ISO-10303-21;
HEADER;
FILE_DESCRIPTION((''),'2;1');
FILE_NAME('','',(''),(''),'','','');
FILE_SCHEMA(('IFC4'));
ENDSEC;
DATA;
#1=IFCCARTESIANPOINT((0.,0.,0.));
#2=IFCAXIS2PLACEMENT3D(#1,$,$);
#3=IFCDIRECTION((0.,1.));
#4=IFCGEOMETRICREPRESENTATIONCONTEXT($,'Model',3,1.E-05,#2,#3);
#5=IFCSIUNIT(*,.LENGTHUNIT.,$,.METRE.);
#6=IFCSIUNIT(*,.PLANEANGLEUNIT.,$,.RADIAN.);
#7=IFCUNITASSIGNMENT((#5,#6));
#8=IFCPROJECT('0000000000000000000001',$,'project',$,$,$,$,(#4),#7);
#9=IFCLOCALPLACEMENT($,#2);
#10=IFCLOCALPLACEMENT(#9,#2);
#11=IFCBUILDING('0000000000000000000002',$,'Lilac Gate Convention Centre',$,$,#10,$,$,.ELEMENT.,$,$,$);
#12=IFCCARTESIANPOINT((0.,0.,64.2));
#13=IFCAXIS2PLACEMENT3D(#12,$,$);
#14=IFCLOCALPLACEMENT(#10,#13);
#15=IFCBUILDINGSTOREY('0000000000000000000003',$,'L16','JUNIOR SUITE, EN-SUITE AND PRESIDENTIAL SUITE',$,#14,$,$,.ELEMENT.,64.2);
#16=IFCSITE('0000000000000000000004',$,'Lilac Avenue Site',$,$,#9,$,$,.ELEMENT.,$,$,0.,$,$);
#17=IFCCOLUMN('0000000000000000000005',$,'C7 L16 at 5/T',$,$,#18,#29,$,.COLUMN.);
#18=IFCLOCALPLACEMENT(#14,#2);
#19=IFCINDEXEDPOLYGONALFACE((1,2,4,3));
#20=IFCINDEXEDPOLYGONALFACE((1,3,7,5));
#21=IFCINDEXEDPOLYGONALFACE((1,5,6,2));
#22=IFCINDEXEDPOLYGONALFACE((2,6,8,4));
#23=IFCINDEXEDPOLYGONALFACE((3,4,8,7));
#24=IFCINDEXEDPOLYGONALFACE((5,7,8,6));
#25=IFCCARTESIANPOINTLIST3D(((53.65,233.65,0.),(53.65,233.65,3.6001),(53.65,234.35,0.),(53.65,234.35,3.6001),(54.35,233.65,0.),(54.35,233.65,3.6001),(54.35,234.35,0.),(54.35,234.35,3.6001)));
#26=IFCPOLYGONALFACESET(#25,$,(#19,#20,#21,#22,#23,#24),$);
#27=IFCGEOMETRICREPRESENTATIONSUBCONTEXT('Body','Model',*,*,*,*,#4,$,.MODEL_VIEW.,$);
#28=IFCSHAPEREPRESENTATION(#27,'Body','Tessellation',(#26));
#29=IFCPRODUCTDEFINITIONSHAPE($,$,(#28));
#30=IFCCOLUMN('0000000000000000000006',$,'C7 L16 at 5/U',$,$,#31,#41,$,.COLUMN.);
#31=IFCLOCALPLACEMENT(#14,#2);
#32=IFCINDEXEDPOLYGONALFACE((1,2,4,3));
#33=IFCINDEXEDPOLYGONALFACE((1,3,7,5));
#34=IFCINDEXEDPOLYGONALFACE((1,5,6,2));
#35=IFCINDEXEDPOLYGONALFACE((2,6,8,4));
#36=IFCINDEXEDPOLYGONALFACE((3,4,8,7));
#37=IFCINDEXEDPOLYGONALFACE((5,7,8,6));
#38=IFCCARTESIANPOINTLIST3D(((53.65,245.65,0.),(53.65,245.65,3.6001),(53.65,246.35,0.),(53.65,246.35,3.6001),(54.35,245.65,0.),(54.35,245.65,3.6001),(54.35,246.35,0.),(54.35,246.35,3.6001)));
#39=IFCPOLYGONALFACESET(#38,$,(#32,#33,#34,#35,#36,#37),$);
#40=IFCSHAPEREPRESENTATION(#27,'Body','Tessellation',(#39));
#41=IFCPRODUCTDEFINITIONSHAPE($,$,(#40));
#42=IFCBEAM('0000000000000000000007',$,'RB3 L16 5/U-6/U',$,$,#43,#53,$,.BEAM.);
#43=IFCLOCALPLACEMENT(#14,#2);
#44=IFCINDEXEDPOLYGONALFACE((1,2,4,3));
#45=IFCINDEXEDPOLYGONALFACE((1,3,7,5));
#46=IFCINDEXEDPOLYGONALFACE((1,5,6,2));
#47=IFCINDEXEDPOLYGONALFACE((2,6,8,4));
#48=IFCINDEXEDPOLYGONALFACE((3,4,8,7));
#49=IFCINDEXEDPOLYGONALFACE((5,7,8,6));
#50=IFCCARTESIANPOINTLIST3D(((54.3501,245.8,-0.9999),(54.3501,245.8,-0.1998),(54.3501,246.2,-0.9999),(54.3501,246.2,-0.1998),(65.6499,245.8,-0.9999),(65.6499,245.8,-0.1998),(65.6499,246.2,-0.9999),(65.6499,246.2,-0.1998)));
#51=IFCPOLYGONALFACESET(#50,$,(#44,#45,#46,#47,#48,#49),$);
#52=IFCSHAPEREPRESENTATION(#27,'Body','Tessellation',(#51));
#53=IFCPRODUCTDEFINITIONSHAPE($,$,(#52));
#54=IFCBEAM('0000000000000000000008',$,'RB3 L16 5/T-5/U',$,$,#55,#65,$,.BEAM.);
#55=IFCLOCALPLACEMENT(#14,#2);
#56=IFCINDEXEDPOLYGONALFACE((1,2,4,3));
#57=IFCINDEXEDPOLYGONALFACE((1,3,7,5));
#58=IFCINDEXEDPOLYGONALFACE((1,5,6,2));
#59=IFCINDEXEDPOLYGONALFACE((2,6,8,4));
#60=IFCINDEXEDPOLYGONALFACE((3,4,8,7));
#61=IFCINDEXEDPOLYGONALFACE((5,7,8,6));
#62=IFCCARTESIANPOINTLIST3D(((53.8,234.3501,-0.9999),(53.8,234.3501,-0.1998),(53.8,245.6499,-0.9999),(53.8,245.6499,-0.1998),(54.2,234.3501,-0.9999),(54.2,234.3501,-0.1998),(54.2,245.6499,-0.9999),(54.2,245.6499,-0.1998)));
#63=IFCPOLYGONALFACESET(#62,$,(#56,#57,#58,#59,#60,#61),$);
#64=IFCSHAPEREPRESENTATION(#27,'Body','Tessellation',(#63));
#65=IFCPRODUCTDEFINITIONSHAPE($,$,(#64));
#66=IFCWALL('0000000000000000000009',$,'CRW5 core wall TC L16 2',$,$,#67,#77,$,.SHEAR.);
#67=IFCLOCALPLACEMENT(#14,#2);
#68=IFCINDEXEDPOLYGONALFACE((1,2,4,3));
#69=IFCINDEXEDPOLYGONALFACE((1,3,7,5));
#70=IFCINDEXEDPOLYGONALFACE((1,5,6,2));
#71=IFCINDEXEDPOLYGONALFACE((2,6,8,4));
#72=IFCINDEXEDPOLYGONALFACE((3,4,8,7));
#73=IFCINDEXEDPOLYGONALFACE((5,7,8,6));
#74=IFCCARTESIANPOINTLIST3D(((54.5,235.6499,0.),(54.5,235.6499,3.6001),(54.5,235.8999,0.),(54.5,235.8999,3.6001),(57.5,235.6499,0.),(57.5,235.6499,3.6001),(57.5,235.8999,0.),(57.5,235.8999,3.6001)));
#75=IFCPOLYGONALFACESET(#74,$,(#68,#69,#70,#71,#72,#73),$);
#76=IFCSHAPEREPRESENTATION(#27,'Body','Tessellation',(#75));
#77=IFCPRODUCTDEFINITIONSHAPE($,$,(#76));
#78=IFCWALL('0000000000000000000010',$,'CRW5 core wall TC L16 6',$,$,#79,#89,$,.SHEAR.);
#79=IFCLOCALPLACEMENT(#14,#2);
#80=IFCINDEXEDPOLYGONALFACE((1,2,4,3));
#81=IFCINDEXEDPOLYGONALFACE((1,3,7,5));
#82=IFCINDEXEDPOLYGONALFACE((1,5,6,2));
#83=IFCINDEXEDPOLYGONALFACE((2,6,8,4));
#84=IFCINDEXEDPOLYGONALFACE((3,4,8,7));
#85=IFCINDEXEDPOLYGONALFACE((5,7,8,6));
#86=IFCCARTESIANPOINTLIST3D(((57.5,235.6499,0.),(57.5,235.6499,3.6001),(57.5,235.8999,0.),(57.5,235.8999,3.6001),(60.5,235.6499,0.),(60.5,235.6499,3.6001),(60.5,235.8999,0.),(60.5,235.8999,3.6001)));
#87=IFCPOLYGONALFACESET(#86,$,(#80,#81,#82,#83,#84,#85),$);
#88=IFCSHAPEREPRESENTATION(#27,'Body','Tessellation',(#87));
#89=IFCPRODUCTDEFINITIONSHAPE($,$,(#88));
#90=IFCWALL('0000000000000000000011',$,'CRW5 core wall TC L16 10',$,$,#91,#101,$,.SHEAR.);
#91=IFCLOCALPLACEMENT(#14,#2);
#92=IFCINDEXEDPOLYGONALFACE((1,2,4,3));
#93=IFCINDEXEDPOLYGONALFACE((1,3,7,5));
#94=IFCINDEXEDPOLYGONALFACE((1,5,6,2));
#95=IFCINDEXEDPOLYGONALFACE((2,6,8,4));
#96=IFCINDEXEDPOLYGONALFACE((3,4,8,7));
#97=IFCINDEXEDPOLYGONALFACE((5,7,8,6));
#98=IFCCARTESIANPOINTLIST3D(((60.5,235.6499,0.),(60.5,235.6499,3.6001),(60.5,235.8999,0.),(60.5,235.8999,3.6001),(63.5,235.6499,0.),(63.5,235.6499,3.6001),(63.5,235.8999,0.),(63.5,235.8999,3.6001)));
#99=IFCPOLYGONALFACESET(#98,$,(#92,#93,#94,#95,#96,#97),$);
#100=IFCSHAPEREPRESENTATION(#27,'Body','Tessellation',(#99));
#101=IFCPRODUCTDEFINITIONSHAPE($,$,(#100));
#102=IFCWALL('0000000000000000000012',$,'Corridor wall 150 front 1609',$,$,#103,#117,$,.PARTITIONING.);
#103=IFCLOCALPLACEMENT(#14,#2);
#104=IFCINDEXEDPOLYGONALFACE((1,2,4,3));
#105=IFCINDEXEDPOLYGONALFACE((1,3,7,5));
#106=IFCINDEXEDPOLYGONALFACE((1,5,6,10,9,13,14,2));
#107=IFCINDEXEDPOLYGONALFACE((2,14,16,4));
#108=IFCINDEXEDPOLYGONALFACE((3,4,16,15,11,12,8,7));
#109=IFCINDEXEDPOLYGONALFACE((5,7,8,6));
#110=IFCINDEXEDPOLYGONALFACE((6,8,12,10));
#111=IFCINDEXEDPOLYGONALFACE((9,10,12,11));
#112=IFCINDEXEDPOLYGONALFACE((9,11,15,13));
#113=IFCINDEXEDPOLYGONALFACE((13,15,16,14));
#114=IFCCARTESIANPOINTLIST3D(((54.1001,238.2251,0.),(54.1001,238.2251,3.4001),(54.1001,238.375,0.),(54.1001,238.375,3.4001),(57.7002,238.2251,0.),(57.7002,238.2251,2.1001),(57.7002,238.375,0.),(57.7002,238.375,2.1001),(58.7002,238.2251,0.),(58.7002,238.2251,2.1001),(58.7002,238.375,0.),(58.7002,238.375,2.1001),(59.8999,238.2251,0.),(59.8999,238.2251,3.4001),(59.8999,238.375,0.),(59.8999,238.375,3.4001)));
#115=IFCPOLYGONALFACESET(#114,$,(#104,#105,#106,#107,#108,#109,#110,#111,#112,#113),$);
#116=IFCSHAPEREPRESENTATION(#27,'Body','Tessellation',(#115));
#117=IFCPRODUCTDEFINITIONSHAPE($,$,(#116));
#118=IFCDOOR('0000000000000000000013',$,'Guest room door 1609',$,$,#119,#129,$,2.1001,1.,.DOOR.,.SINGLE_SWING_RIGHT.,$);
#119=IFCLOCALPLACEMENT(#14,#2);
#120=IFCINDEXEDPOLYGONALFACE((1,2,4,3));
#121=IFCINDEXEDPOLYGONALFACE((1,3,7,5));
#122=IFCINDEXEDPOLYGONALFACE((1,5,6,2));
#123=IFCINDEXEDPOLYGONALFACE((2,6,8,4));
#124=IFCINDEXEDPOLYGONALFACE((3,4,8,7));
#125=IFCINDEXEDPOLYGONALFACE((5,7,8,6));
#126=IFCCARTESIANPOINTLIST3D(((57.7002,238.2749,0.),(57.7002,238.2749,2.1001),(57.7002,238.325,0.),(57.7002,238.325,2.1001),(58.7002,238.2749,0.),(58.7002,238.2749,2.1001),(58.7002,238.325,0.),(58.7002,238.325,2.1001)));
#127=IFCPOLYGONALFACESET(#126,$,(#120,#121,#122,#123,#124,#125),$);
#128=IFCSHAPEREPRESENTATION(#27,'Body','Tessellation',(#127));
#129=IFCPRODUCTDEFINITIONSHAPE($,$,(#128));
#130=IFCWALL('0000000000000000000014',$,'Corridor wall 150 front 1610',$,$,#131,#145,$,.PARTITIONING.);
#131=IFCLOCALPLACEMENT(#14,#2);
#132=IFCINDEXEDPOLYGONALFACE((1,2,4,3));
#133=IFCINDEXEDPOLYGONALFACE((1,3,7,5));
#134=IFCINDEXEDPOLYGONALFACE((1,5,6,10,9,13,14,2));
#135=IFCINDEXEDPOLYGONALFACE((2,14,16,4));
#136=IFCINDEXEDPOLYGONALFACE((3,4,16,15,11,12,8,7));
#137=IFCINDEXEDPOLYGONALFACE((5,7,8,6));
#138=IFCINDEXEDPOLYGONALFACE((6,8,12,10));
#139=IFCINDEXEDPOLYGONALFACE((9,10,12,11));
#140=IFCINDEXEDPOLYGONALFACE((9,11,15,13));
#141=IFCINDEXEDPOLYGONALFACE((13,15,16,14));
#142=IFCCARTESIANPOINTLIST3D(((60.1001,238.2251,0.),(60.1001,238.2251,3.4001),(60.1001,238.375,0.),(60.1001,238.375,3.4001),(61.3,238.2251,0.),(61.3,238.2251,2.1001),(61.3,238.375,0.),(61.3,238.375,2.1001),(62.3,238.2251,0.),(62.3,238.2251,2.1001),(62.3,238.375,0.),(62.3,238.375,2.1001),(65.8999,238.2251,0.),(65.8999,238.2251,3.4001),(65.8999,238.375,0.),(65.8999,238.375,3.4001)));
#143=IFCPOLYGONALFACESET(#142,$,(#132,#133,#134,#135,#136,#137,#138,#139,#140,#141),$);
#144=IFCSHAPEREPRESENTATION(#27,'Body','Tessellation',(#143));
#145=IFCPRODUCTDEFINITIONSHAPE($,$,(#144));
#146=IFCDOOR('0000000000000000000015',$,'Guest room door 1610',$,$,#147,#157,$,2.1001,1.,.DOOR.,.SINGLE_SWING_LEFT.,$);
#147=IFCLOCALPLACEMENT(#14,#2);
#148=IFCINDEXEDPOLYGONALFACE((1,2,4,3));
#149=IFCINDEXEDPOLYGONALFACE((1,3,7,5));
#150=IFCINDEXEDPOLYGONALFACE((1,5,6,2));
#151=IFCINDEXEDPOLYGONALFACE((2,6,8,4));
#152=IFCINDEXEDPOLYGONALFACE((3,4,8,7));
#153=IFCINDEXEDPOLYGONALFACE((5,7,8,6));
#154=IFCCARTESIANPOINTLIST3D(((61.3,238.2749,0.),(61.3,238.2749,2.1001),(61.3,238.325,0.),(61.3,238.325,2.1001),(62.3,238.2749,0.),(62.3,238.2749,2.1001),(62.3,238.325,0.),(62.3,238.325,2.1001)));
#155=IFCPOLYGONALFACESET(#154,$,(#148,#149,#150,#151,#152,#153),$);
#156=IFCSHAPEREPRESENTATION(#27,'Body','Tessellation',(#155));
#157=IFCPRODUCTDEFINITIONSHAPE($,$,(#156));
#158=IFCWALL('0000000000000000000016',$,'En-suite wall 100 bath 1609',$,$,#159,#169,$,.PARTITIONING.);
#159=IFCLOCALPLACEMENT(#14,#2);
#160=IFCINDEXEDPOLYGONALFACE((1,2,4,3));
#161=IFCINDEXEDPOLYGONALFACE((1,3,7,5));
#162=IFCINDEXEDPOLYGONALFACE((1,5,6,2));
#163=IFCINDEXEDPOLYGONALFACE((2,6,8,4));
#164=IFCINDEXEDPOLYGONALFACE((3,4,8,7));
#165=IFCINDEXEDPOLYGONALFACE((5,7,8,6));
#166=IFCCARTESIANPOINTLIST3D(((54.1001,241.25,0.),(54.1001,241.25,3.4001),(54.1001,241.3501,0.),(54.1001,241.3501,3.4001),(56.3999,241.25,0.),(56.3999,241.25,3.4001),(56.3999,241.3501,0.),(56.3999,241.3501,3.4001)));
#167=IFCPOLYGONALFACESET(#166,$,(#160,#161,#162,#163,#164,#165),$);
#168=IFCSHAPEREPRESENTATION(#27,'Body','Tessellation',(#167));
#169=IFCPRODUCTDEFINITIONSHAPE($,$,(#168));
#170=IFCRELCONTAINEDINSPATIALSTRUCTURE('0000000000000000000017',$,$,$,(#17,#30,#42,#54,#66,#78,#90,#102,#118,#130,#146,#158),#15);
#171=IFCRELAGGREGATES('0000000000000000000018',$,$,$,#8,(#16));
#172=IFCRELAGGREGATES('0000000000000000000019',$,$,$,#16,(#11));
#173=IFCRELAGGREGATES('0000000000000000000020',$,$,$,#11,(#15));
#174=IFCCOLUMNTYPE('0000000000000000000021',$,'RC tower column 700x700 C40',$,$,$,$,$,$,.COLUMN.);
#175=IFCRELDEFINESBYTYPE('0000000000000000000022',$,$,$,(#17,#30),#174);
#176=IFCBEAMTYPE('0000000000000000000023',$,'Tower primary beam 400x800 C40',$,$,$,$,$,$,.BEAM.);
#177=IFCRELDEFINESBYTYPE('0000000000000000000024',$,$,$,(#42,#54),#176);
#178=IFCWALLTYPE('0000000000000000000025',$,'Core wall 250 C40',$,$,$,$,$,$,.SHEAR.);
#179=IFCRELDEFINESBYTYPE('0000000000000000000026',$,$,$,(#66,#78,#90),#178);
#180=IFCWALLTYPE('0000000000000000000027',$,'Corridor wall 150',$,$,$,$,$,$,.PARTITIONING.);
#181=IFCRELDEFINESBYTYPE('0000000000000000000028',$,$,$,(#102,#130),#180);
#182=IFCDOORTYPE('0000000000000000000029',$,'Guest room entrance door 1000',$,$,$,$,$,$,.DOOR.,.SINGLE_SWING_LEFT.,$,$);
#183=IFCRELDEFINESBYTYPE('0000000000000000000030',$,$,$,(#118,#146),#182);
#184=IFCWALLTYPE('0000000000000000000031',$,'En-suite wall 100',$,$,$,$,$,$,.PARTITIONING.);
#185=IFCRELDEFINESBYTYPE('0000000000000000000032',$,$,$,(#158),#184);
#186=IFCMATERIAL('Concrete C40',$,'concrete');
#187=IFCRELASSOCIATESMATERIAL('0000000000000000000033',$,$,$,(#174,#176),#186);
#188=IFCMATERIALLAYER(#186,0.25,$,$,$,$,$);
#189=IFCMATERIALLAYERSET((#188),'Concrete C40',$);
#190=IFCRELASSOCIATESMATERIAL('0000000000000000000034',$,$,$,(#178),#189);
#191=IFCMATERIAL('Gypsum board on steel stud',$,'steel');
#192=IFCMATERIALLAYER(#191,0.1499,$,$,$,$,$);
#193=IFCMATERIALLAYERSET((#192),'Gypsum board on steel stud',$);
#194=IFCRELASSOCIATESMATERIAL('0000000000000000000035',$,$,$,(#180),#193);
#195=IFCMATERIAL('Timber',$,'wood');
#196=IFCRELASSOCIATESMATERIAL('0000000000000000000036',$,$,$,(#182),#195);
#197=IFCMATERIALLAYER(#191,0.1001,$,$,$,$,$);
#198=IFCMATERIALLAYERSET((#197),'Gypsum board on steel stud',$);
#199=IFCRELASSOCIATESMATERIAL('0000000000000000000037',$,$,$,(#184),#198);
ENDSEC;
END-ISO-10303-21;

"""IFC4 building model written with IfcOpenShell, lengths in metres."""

from ifc_helpers import new_model, si_unit, direction, frame, frame_2d, origin, origin_2d, place, context, subcontext, project, spatial, rectangle, extrude, material, layer, layer_set, material_profile, profile_set, type_object, element, fill, save


model = new_model("IFC4")

# Units and contexts
model_context = context("Model", 3, precision=1e-05, world=origin(), true_north=direction((0.0, 1.0)))
body_context = subcontext(model_context, "Body", "Model", "MODEL_VIEW")
ifc_project = project(units=[si_unit("LENGTHUNIT", "METRE"), si_unit("PLANEANGLEUNIT", "RADIAN")], contexts=[model_context])

# Site, building, storey
site_placement = place(None, origin())
site = spatial("IfcSite", under=ifc_project, at=site_placement, Name="Lilac Avenue Site", CompositionType="ELEMENT", RefElevation=0.0)
building_placement = place(site_placement, origin())
building = spatial("IfcBuilding", under=site, at=building_placement, Name="Lilac Gate Convention Centre", CompositionType="ELEMENT")
storey_placement = place(building_placement, frame((0.0, 0.0, 64.2)))
storey = spatial("IfcBuildingStorey", under=building, at=storey_placement, Name="L16", Description="JUNIOR SUITE, EN-SUITE AND PRESIDENTIAL SUITE", CompositionType="ELEMENT", Elevation=64.2)

# Columns
ifc_material_1 = material(Name="Concrete C40", Category="concrete")
ifc_material_profile_1 = material_profile(ifc_material_1, rectangle(XDim=0.7, YDim=0.7, at=origin_2d()), Name="RC 700x700")
ifc_profile_set_1 = profile_set([ifc_material_profile_1], Name="Concrete C40")
column_type = type_object("IfcColumnType", Name="RC tower column 700x700 C40", PredefinedType="COLUMN", material=ifc_profile_set_1)
for number, where, z_axis, x_axis, name in (
    (1, (54.0, 234.0, 0.0), (0.0, 0.0, 1.0), (1.0, 0.0, 0.0), "C7 L16 at 5/T"),
    (2, (54.0, 246.0, 0.0), (0.0, 0.0, 1.0), (1.0, 0.0, 0.0), "C7 L16 at 5/U"),
):
    element("IfcColumn", number, at=place(storey_placement, frame(where, z_axis=z_axis, x_axis=x_axis)), inside=storey, type_object=column_type, Name=name, PredefinedType="COLUMN", context=body_context, shape_type="SweptSolid", body=[
        extrude(rectangle(XDim=0.7, YDim=0.7, at=origin_2d()), origin(), (0.0, 0.0, 1.0), 3.6001),
    ])

# Beams
ifc_material_profile_2 = material_profile(ifc_material_1, rectangle(XDim=0.3999, YDim=0.8, at=origin_2d()), Name="RC 400x800")
ifc_profile_set_2 = profile_set([ifc_material_profile_2], Name="Concrete C40")
beam_type = type_object("IfcBeamType", Name="Tower primary beam 400x800 C40", PredefinedType="BEAM", material=ifc_profile_set_2)
for number, where, z_axis, x_axis, name in (
    (3, (54.3501, 246.0, -0.5999), (1.0, 0.0, 0.0), (0.0, 1.0, 0.0), "RB3 L16 5/U-6/U"),
    (4, (54.0, 234.3501, -0.5999), (0.0, 1.0, 0.0), (-1.0, 0.0, 0.0), "RB3 L16 5/T-5/U"),
):
    element("IfcBeam", number, at=place(storey_placement, frame(where, z_axis=z_axis, x_axis=x_axis)), inside=storey, type_object=beam_type, Name=name, PredefinedType="BEAM", context=body_context, shape_type="SweptSolid", body=[
        extrude(rectangle(XDim=0.3999, YDim=0.8, at=origin_2d()), origin(), (0.0, 0.0, 1.0), 11.2998),
    ])

# Walls
ifc_layer_1 = layer(ifc_material_1, 0.25)
ifc_layer_set_1 = layer_set([ifc_layer_1], Name="Concrete C40")
wall_type_1 = type_object("IfcWallType", Name="Core wall 250 C40", PredefinedType="SHEAR", material=ifc_layer_set_1)
for number, where, z_axis, x_axis, name in (
    (5, (54.5, 235.7749, 0.0), (0.0, 0.0, 1.0), (1.0, 0.0, 0.0), "CRW5 core wall TC L16 2"),
    (6, (57.5, 235.7749, 0.0), (0.0, 0.0, 1.0), (1.0, 0.0, 0.0), "CRW5 core wall TC L16 6"),
    (7, (60.5, 235.7749, 0.0), (0.0, 0.0, 1.0), (1.0, 0.0, 0.0), "CRW5 core wall TC L16 10"),
):
    element("IfcWall", number, at=place(storey_placement, frame(where, z_axis=z_axis, x_axis=x_axis)), inside=storey, type_object=wall_type_1, Name=name, PredefinedType="SHEAR", context=body_context, shape_type="SweptSolid", body=[
        extrude(rectangle(XDim=3.0, YDim=0.25, at=frame_2d((1.5, 0.0))), origin(), (0.0, 0.0, 1.0), 3.6001),
    ])

# Walls, openings, doors
ifc_material_2 = material(Name="Gypsum board on steel stud", Category="steel")
ifc_layer_2 = layer(ifc_material_2, 0.1499)
ifc_layer_set_2 = layer_set([ifc_layer_2], Name="Gypsum board on steel stud")
wall_type_2 = type_object("IfcWallType", Name="Corridor wall 150", PredefinedType="PARTITIONING", material=ifc_layer_set_2)
wall_1_placement = place(storey_placement, frame((54.1001, 238.3, 0.0), z_axis=(0.0, 0.0, 1.0), x_axis=(1.0, 0.0, 0.0)))
wall_1 = element("IfcWall", 8, at=wall_1_placement, inside=storey, type_object=wall_type_2, Name="Corridor wall 150 front 1609", PredefinedType="PARTITIONING", context=body_context, shape_type="SweptSolid", body=[
    extrude(rectangle(XDim=5.7998, YDim=0.1499, at=frame_2d((2.8999, 0.0))), origin(), (0.0, 0.0, 1.0), 3.4001),
])
opening_1_placement = place(wall_1_placement, frame((3.6001, 0.0, 0.0)))
opening_1 = element("IfcOpeningElement", 9, at=opening_1_placement, cuts=wall_1, PredefinedType="OPENING", context=body_context, shape_type="SweptSolid", body=[
    extrude(rectangle(XDim=1.0, YDim=2.1001, at=frame_2d((0.5, 1.05))), frame((0.0, 0.085, 0.0), z_axis=(0.0, -1.0, 0.0), x_axis=(1.0, 0.0, 0.0)), (0.0, 0.0, 1.0), 0.1699),
])
ifc_material_3 = material(Name="Timber", Category="wood")
door_type_1 = type_object("IfcDoorType", Name="Guest room entrance door 1000", OperationType="SINGLE_SWING_LEFT", PredefinedType="DOOR", material=ifc_material_3)
door_1_placement = place(opening_1_placement, origin())
door_1 = element("IfcDoor", 10, at=door_1_placement, inside=storey, type_object=door_type_1, Name="Guest room door 1609", OperationType="SINGLE_SWING_RIGHT", OverallHeight=2.1001, OverallWidth=1.0, PredefinedType="DOOR", context=body_context, shape_type="SweptSolid", body=[
    extrude(rectangle(XDim=1.0, YDim=2.1001, at=frame_2d((0.5, 1.05))), frame((0.0, 0.0249, 0.0), z_axis=(0.0, -1.0, 0.0), x_axis=(1.0, 0.0, 0.0)), (0.0, 0.0, 1.0), 0.05),
])
fill(opening_1, door_1)
wall_2_placement = place(storey_placement, frame((60.1001, 238.3, 0.0), z_axis=(0.0, 0.0, 1.0), x_axis=(1.0, 0.0, 0.0)))
wall_2 = element("IfcWall", 11, at=wall_2_placement, inside=storey, type_object=wall_type_2, Name="Corridor wall 150 front 1610", PredefinedType="PARTITIONING", context=body_context, shape_type="SweptSolid", body=[
    extrude(rectangle(XDim=5.7998, YDim=0.1499, at=frame_2d((2.8999, 0.0))), origin(), (0.0, 0.0, 1.0), 3.4001),
])
opening_2_placement = place(wall_2_placement, frame((1.2, 0.0, 0.0)))
opening_2 = element("IfcOpeningElement", 12, at=opening_2_placement, cuts=wall_2, PredefinedType="OPENING", context=body_context, shape_type="SweptSolid", body=[
    extrude(rectangle(XDim=1.0, YDim=2.1001, at=frame_2d((0.5, 1.05))), frame((0.0, 0.085, 0.0), z_axis=(0.0, -1.0, 0.0), x_axis=(1.0, 0.0, 0.0)), (0.0, 0.0, 1.0), 0.1699),
])
door_2_placement = place(opening_2_placement, origin())
door_2 = element("IfcDoor", 13, at=door_2_placement, inside=storey, type_object=door_type_1, Name="Guest room door 1610", OperationType="SINGLE_SWING_LEFT", OverallHeight=2.1001, OverallWidth=1.0, PredefinedType="DOOR", context=body_context, shape_type="SweptSolid", body=[
    extrude(rectangle(XDim=1.0, YDim=2.1001, at=frame_2d((0.5, 1.05))), frame((0.0, 0.0249, 0.0), z_axis=(0.0, -1.0, 0.0), x_axis=(1.0, 0.0, 0.0)), (0.0, 0.0, 1.0), 0.05),
])
fill(opening_2, door_2)

# Wall
ifc_layer_3 = layer(ifc_material_2, 0.1001)
ifc_layer_set_3 = layer_set([ifc_layer_3], Name="Gypsum board on steel stud")
wall_type_3 = type_object("IfcWallType", Name="En-suite wall 100", PredefinedType="PARTITIONING", material=ifc_layer_set_3)
wall_3_placement = place(storey_placement, frame((54.1001, 241.3, 0.0), z_axis=(0.0, 0.0, 1.0), x_axis=(1.0, 0.0, 0.0)))
element("IfcWall", 14, at=wall_3_placement, inside=storey, type_object=wall_type_3, Name="En-suite wall 100 bath 1609", PredefinedType="PARTITIONING", context=body_context, shape_type="SweptSolid", body=[
    extrude(rectangle(XDim=2.2998, YDim=0.1001, at=frame_2d((1.1499, 0.0))), origin(), (0.0, 0.0, 1.0), 3.4001),
])

save(model, "model.ifc")
